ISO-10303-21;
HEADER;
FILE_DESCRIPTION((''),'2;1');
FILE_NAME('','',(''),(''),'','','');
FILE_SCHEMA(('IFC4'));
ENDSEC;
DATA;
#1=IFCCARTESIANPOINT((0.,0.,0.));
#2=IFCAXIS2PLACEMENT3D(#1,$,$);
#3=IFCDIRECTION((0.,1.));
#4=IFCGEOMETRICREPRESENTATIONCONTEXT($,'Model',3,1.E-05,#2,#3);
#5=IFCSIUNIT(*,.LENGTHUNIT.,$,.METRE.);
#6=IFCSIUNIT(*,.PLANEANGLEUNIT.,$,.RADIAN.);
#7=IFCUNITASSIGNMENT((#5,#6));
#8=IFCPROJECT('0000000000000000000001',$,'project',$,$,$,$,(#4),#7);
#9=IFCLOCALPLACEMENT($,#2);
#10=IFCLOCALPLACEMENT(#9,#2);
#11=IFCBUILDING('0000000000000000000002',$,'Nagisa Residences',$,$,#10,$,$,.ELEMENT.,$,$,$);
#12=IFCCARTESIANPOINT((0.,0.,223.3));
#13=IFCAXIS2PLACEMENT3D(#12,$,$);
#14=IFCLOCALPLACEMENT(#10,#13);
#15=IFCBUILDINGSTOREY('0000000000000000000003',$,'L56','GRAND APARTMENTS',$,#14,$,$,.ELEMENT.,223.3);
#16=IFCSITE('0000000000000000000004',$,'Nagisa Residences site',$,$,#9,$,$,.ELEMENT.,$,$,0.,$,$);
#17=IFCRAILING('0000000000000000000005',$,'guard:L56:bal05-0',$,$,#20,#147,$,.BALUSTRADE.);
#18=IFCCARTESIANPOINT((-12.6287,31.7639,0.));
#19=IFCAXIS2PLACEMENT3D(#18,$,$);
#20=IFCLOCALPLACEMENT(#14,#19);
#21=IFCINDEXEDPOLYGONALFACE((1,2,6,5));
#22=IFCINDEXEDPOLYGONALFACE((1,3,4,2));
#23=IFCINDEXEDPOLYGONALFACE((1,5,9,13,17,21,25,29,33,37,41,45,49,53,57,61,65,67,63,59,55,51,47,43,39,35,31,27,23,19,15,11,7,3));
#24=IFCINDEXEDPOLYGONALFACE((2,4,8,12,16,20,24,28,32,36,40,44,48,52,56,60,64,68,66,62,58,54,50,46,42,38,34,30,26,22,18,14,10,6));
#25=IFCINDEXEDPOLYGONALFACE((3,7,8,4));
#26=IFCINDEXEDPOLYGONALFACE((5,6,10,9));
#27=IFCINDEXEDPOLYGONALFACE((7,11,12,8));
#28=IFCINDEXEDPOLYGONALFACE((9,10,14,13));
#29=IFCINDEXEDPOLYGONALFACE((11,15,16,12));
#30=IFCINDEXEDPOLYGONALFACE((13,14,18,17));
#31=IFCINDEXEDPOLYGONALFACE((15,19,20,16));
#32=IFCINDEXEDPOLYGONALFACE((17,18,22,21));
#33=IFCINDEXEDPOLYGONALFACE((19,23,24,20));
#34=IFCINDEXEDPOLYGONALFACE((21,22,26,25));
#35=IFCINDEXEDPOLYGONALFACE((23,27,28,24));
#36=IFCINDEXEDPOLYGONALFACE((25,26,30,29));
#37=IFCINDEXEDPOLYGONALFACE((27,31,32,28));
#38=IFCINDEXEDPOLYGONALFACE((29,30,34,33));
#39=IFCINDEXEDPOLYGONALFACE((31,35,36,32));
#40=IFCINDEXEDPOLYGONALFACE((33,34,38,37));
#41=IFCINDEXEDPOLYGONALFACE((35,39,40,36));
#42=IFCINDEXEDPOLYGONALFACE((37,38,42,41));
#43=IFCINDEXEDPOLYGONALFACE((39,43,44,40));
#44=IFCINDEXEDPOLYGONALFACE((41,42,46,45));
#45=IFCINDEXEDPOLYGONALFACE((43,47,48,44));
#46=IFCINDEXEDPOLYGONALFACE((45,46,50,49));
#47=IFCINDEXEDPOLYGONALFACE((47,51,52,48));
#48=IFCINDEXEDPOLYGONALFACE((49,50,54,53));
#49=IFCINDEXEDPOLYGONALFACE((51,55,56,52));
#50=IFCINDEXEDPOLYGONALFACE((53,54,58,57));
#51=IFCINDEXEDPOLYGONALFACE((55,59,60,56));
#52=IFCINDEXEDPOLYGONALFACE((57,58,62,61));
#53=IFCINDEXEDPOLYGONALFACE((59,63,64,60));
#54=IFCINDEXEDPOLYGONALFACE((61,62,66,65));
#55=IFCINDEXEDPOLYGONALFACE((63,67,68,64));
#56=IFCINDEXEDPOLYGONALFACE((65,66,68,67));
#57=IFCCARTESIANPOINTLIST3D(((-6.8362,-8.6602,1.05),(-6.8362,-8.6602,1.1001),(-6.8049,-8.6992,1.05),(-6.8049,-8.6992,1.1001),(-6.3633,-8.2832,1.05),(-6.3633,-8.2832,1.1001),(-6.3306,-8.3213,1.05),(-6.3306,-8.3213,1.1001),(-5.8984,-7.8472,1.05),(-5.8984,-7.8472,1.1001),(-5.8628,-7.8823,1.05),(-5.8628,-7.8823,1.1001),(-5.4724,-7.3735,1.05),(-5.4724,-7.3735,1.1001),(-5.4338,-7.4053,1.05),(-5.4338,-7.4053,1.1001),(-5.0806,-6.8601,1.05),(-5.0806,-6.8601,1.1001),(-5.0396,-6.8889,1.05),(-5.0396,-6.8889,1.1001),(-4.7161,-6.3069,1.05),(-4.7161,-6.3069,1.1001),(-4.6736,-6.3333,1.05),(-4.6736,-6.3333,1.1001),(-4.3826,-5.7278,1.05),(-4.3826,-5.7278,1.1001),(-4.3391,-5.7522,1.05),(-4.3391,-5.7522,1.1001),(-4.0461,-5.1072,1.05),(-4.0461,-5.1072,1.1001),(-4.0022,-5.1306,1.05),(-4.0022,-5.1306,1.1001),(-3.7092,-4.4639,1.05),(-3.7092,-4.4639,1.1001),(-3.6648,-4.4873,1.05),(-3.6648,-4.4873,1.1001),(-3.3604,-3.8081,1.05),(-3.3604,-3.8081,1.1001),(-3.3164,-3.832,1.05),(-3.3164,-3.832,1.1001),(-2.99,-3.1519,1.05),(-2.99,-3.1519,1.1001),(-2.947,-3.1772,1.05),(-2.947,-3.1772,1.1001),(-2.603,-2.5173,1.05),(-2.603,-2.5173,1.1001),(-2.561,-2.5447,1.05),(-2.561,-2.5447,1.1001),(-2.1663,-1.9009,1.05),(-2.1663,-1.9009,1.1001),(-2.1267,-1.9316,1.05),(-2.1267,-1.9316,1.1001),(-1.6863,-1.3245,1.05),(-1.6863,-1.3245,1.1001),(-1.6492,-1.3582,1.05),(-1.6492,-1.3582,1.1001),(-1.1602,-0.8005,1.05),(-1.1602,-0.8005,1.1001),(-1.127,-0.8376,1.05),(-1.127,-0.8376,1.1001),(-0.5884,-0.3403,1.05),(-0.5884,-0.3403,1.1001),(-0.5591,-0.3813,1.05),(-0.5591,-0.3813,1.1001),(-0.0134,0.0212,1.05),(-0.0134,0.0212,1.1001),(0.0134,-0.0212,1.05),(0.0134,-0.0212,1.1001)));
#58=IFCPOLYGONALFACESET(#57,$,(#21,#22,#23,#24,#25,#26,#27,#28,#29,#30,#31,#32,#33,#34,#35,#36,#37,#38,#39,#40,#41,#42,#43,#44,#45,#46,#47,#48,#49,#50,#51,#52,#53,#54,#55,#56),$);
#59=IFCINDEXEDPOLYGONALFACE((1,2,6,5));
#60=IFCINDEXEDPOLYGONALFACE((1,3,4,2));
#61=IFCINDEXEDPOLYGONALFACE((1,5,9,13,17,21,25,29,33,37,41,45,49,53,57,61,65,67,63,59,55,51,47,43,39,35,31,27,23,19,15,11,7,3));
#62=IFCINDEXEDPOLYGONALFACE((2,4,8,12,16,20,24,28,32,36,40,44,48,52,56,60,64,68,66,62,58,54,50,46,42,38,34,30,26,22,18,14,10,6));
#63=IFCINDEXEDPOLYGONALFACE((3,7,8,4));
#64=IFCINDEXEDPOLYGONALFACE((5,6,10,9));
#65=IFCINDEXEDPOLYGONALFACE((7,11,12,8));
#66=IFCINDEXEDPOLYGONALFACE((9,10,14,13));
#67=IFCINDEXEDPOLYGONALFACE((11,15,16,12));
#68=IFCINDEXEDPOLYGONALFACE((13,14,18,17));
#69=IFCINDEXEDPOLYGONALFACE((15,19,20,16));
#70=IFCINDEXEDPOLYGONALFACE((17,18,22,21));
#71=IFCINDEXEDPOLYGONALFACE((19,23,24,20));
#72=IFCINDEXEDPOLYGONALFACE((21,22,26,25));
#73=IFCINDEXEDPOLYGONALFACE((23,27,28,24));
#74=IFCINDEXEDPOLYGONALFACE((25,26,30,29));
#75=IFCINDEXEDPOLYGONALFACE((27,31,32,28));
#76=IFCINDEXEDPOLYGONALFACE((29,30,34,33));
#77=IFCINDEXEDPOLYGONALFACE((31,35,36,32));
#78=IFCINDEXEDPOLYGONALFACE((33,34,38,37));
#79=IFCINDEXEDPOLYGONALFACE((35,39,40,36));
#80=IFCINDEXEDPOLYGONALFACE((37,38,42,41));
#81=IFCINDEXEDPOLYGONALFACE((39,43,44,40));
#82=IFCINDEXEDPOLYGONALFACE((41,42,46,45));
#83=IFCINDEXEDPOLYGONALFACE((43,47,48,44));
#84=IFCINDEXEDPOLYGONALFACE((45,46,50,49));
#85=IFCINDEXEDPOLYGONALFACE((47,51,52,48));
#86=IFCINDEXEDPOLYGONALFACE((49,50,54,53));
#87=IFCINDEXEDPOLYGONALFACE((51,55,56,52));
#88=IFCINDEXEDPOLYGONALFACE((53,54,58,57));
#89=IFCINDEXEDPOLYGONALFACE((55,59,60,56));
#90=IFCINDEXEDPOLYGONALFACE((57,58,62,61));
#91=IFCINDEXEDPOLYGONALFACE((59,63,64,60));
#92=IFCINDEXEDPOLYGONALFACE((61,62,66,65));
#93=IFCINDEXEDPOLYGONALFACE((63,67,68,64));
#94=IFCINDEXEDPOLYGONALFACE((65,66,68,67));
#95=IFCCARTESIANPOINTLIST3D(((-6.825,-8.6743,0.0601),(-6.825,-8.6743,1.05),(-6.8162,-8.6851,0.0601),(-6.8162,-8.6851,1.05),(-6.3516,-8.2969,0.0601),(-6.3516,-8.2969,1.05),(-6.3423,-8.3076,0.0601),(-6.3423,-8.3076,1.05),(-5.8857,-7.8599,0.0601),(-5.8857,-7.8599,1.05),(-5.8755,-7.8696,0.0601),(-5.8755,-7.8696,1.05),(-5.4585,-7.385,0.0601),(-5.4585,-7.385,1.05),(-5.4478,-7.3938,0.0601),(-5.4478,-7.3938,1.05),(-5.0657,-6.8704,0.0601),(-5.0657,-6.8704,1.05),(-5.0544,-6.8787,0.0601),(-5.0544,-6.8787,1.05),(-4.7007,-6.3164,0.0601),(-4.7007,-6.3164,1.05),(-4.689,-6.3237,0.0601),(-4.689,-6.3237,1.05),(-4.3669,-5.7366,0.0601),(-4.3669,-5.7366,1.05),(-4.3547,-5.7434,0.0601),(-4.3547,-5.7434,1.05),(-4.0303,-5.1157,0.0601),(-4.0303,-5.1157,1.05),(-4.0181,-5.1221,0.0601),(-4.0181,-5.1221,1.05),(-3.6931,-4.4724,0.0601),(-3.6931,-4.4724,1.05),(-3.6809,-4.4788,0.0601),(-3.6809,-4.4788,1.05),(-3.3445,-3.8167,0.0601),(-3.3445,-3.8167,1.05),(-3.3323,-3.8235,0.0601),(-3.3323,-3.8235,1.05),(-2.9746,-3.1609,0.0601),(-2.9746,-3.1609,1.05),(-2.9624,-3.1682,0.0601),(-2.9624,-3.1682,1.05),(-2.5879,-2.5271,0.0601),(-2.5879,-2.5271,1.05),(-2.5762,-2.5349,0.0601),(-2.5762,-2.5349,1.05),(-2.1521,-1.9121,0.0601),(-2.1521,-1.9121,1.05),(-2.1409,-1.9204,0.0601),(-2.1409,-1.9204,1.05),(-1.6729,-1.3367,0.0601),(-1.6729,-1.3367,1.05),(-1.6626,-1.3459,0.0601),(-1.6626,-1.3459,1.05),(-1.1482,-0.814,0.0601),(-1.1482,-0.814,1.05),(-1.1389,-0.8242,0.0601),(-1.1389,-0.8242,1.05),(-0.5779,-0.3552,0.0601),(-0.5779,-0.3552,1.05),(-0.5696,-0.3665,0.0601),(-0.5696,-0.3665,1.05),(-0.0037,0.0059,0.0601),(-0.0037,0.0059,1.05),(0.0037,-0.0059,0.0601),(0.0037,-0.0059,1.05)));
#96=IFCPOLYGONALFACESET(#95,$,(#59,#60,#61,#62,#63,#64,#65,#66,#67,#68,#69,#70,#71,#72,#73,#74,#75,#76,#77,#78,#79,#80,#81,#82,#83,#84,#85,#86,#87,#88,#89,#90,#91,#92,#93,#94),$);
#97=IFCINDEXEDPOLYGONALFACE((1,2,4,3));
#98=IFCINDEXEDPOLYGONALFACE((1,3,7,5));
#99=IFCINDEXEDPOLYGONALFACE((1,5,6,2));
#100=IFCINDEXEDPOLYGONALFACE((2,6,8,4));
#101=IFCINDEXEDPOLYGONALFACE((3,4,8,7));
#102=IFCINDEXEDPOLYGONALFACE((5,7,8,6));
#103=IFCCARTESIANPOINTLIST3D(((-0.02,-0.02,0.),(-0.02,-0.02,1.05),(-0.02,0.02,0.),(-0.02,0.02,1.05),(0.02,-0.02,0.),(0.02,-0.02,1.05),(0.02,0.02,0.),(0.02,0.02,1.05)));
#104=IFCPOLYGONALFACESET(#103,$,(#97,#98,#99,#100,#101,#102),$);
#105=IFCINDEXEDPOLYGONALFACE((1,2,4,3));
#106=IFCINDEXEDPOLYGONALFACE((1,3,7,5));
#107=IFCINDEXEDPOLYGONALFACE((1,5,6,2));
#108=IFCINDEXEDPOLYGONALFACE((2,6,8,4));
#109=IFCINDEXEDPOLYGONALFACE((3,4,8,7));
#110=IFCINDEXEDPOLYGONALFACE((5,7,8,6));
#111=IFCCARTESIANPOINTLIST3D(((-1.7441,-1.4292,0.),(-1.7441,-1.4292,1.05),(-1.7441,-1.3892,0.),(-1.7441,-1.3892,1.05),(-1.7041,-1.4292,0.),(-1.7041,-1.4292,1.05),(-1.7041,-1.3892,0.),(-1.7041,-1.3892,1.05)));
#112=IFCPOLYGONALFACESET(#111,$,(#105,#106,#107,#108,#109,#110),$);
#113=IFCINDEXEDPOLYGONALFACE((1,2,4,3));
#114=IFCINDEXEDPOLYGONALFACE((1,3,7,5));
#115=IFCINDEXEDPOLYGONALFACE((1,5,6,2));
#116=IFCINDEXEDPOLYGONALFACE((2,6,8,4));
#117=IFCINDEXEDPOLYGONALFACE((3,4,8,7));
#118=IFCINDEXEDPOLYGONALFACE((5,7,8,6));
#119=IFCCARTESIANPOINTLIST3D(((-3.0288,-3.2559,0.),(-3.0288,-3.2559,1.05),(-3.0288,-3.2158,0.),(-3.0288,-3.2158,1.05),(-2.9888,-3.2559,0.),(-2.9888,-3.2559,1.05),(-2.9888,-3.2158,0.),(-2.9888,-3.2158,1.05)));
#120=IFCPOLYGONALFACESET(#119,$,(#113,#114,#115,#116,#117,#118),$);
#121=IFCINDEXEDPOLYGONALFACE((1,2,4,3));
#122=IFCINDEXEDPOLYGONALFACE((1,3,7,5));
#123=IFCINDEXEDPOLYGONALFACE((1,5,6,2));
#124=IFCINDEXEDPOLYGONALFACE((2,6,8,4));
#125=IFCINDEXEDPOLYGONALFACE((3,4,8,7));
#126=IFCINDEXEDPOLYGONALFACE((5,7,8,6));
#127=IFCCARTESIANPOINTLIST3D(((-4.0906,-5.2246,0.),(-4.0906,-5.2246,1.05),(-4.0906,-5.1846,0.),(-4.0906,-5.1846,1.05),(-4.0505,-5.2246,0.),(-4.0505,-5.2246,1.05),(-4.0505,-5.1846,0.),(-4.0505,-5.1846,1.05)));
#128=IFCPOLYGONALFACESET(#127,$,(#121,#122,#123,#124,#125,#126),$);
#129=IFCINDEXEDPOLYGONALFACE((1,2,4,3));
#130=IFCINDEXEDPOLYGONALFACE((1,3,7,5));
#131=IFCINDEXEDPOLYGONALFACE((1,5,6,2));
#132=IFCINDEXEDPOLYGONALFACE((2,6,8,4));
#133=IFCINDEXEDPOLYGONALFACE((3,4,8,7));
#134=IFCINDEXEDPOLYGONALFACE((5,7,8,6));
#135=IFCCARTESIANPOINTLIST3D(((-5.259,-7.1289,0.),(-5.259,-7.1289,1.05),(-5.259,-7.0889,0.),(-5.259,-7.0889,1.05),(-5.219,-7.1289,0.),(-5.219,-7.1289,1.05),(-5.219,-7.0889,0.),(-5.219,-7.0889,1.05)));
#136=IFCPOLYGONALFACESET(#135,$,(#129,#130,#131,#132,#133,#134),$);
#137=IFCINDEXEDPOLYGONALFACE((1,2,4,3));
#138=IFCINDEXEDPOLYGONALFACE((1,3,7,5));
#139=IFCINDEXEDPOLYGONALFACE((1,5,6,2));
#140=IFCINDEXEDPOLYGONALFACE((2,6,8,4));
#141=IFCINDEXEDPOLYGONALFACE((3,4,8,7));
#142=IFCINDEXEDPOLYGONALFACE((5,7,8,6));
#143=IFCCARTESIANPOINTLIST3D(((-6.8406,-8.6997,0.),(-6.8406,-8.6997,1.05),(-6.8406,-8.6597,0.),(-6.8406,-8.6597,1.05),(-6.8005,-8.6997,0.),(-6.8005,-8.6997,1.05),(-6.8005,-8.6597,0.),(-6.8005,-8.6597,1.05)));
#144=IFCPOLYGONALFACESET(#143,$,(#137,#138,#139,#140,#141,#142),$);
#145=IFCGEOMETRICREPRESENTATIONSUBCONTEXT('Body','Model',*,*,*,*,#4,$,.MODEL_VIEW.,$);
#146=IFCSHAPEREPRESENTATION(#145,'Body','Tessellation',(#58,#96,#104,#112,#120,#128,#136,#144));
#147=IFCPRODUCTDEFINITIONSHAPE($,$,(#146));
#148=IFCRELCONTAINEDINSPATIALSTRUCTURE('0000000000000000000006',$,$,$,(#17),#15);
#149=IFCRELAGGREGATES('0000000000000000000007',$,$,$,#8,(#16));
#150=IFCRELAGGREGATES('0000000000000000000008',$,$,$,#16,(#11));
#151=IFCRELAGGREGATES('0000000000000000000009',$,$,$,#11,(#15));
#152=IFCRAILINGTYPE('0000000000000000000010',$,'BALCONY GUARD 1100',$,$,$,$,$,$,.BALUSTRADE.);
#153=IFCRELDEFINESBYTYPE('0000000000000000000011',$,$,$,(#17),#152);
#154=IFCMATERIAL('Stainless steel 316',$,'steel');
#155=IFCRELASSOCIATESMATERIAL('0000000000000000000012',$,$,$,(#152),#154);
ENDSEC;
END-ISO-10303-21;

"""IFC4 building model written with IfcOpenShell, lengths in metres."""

from ifc_helpers import new_model, si_unit, direction, frame, origin, origin_2d, place, context, subcontext, project, spatial, polyline, rectangle, outline, extrude, material, type_object, element, save


model = new_model("IFC4")

# Units and contexts
model_context = context("Model", 3, precision=1e-05, world=origin(), true_north=direction((0.0, 1.0)))
body_context = subcontext(model_context, "Body", "Model", "MODEL_VIEW")
ifc_project = project(units=[si_unit("LENGTHUNIT", "METRE"), si_unit("PLANEANGLEUNIT", "RADIAN")], contexts=[model_context])

# Site, building, storey
site_placement = place(None, origin())
site = spatial("IfcSite", under=ifc_project, at=site_placement, Name="Nagisa Residences site", CompositionType="ELEMENT", RefElevation=0.0)
building_placement = place(site_placement, origin())
building = spatial("IfcBuilding", under=site, at=building_placement, Name="Nagisa Residences", CompositionType="ELEMENT")
storey_placement = place(building_placement, frame((0.0, 0.0, 223.3)))
storey = spatial("IfcBuildingStorey", under=building, at=storey_placement, Name="L56", Description="GRAND APARTMENTS", CompositionType="ELEMENT", Elevation=223.3)

# Railing
ifc_material_1 = material(Name="Stainless steel 316", Category="steel")
railing_type = type_object("IfcRailingType", Name="BALCONY GUARD 1100", PredefinedType="BALUSTRADE", material=ifc_material_1)
railing_1_placement = place(storey_placement, frame((-12.6287, 31.7639, 0.0)))
element("IfcRailing", 1, at=railing_1_placement, inside=storey, type_object=railing_type, Name="guard:L56:bal05-0", PredefinedType="BALUSTRADE", context=body_context, shape_type="SweptSolid", body=[
    extrude(outline(polyline([(-0.5591, -0.3813), (0.0134, -0.0212), (-0.0134, 0.0212), (-0.5884, -0.3403), (-1.1602, -0.8005), (-1.6863, -1.3245), (-2.1663, -1.9009), (-2.603, -2.5173), (-2.99, -3.1519), (-3.3604, -3.8081), (-3.7092, -4.4639), (-4.0461, -5.1072), (-4.3826, -5.7278), (-4.7161, -6.3069), (-5.0806, -6.8601), (-5.4724, -7.3735), (-5.8984, -7.8472), (-6.3633, -8.2832), (-6.8362, -8.6602), (-6.8049, -8.6992), (-6.3306, -8.3213), (-5.8628, -7.8823), (-5.4338, -7.4053), (-5.0396, -6.8889), (-4.6736, -6.3333), (-4.3391, -5.7522), (-4.0022, -5.1306), (-3.6648, -4.4873), (-3.3164, -3.832), (-2.947, -3.1772), (-2.561, -2.5447), (-2.1267, -1.9316), (-1.6492, -1.3582), (-1.127, -0.8376), (-0.5591, -0.3813)])), frame((0.0, 0.0, 1.05)), (0.0, 0.0, 1.0), 0.05),
    extrude(outline(polyline([(-0.5696, -0.3665), (0.0037, -0.0059), (-0.0037, 0.0059), (-0.5779, -0.3552), (-1.1482, -0.814), (-1.6729, -1.3367), (-2.1521, -1.9121), (-2.5879, -2.5271), (-2.9746, -3.1609), (-3.3445, -3.8167), (-3.6931, -4.4724), (-4.0303, -5.1157), (-4.3669, -5.7366), (-4.7007, -6.3164), (-5.0657, -6.8704), (-5.4585, -7.385), (-5.8857, -7.8599), (-6.3516, -8.2969), (-6.825, -8.6743), (-6.8162, -8.6851), (-6.3423, -8.3076), (-5.8755, -7.8696), (-5.4478, -7.3938), (-5.0544, -6.8787), (-4.689, -6.3237), (-4.3547, -5.7434), (-4.0181, -5.1221), (-3.6809, -4.4788), (-3.3323, -3.8235), (-2.9624, -3.1682), (-2.5762, -2.5349), (-2.1409, -1.9204), (-1.6626, -1.3459), (-1.1389, -0.8242), (-0.5696, -0.3665)])), frame((0.0, 0.0, 0.0601)), (0.0, 0.0, 1.0), 0.99),
    extrude(rectangle(XDim=0.04, YDim=0.04, at=origin_2d()), origin(), (0.0, 0.0, 1.0), 1.05),
    extrude(rectangle(XDim=0.04, YDim=0.04, at=origin_2d()), frame((-1.7241, -1.4092, 0.0)), (0.0, 0.0, 1.0), 1.05),
    extrude(rectangle(XDim=0.04, YDim=0.04, at=origin_2d()), frame((-3.0088, -3.2358, 0.0)), (0.0, 0.0, 1.0), 1.05),
    extrude(rectangle(XDim=0.04, YDim=0.04, at=origin_2d()), frame((-4.0706, -5.2046, 0.0)), (0.0, 0.0, 1.0), 1.05),
    extrude(rectangle(XDim=0.04, YDim=0.04, at=origin_2d()), frame((-5.239, -7.1089, 0.0)), (0.0, 0.0, 1.0), 1.05),
    extrude(rectangle(XDim=0.04, YDim=0.04, at=origin_2d()), frame((-6.8206, -8.6797, 0.0)), (0.0, 0.0, 1.0), 1.05),
])

save(model, "model.ifc")
